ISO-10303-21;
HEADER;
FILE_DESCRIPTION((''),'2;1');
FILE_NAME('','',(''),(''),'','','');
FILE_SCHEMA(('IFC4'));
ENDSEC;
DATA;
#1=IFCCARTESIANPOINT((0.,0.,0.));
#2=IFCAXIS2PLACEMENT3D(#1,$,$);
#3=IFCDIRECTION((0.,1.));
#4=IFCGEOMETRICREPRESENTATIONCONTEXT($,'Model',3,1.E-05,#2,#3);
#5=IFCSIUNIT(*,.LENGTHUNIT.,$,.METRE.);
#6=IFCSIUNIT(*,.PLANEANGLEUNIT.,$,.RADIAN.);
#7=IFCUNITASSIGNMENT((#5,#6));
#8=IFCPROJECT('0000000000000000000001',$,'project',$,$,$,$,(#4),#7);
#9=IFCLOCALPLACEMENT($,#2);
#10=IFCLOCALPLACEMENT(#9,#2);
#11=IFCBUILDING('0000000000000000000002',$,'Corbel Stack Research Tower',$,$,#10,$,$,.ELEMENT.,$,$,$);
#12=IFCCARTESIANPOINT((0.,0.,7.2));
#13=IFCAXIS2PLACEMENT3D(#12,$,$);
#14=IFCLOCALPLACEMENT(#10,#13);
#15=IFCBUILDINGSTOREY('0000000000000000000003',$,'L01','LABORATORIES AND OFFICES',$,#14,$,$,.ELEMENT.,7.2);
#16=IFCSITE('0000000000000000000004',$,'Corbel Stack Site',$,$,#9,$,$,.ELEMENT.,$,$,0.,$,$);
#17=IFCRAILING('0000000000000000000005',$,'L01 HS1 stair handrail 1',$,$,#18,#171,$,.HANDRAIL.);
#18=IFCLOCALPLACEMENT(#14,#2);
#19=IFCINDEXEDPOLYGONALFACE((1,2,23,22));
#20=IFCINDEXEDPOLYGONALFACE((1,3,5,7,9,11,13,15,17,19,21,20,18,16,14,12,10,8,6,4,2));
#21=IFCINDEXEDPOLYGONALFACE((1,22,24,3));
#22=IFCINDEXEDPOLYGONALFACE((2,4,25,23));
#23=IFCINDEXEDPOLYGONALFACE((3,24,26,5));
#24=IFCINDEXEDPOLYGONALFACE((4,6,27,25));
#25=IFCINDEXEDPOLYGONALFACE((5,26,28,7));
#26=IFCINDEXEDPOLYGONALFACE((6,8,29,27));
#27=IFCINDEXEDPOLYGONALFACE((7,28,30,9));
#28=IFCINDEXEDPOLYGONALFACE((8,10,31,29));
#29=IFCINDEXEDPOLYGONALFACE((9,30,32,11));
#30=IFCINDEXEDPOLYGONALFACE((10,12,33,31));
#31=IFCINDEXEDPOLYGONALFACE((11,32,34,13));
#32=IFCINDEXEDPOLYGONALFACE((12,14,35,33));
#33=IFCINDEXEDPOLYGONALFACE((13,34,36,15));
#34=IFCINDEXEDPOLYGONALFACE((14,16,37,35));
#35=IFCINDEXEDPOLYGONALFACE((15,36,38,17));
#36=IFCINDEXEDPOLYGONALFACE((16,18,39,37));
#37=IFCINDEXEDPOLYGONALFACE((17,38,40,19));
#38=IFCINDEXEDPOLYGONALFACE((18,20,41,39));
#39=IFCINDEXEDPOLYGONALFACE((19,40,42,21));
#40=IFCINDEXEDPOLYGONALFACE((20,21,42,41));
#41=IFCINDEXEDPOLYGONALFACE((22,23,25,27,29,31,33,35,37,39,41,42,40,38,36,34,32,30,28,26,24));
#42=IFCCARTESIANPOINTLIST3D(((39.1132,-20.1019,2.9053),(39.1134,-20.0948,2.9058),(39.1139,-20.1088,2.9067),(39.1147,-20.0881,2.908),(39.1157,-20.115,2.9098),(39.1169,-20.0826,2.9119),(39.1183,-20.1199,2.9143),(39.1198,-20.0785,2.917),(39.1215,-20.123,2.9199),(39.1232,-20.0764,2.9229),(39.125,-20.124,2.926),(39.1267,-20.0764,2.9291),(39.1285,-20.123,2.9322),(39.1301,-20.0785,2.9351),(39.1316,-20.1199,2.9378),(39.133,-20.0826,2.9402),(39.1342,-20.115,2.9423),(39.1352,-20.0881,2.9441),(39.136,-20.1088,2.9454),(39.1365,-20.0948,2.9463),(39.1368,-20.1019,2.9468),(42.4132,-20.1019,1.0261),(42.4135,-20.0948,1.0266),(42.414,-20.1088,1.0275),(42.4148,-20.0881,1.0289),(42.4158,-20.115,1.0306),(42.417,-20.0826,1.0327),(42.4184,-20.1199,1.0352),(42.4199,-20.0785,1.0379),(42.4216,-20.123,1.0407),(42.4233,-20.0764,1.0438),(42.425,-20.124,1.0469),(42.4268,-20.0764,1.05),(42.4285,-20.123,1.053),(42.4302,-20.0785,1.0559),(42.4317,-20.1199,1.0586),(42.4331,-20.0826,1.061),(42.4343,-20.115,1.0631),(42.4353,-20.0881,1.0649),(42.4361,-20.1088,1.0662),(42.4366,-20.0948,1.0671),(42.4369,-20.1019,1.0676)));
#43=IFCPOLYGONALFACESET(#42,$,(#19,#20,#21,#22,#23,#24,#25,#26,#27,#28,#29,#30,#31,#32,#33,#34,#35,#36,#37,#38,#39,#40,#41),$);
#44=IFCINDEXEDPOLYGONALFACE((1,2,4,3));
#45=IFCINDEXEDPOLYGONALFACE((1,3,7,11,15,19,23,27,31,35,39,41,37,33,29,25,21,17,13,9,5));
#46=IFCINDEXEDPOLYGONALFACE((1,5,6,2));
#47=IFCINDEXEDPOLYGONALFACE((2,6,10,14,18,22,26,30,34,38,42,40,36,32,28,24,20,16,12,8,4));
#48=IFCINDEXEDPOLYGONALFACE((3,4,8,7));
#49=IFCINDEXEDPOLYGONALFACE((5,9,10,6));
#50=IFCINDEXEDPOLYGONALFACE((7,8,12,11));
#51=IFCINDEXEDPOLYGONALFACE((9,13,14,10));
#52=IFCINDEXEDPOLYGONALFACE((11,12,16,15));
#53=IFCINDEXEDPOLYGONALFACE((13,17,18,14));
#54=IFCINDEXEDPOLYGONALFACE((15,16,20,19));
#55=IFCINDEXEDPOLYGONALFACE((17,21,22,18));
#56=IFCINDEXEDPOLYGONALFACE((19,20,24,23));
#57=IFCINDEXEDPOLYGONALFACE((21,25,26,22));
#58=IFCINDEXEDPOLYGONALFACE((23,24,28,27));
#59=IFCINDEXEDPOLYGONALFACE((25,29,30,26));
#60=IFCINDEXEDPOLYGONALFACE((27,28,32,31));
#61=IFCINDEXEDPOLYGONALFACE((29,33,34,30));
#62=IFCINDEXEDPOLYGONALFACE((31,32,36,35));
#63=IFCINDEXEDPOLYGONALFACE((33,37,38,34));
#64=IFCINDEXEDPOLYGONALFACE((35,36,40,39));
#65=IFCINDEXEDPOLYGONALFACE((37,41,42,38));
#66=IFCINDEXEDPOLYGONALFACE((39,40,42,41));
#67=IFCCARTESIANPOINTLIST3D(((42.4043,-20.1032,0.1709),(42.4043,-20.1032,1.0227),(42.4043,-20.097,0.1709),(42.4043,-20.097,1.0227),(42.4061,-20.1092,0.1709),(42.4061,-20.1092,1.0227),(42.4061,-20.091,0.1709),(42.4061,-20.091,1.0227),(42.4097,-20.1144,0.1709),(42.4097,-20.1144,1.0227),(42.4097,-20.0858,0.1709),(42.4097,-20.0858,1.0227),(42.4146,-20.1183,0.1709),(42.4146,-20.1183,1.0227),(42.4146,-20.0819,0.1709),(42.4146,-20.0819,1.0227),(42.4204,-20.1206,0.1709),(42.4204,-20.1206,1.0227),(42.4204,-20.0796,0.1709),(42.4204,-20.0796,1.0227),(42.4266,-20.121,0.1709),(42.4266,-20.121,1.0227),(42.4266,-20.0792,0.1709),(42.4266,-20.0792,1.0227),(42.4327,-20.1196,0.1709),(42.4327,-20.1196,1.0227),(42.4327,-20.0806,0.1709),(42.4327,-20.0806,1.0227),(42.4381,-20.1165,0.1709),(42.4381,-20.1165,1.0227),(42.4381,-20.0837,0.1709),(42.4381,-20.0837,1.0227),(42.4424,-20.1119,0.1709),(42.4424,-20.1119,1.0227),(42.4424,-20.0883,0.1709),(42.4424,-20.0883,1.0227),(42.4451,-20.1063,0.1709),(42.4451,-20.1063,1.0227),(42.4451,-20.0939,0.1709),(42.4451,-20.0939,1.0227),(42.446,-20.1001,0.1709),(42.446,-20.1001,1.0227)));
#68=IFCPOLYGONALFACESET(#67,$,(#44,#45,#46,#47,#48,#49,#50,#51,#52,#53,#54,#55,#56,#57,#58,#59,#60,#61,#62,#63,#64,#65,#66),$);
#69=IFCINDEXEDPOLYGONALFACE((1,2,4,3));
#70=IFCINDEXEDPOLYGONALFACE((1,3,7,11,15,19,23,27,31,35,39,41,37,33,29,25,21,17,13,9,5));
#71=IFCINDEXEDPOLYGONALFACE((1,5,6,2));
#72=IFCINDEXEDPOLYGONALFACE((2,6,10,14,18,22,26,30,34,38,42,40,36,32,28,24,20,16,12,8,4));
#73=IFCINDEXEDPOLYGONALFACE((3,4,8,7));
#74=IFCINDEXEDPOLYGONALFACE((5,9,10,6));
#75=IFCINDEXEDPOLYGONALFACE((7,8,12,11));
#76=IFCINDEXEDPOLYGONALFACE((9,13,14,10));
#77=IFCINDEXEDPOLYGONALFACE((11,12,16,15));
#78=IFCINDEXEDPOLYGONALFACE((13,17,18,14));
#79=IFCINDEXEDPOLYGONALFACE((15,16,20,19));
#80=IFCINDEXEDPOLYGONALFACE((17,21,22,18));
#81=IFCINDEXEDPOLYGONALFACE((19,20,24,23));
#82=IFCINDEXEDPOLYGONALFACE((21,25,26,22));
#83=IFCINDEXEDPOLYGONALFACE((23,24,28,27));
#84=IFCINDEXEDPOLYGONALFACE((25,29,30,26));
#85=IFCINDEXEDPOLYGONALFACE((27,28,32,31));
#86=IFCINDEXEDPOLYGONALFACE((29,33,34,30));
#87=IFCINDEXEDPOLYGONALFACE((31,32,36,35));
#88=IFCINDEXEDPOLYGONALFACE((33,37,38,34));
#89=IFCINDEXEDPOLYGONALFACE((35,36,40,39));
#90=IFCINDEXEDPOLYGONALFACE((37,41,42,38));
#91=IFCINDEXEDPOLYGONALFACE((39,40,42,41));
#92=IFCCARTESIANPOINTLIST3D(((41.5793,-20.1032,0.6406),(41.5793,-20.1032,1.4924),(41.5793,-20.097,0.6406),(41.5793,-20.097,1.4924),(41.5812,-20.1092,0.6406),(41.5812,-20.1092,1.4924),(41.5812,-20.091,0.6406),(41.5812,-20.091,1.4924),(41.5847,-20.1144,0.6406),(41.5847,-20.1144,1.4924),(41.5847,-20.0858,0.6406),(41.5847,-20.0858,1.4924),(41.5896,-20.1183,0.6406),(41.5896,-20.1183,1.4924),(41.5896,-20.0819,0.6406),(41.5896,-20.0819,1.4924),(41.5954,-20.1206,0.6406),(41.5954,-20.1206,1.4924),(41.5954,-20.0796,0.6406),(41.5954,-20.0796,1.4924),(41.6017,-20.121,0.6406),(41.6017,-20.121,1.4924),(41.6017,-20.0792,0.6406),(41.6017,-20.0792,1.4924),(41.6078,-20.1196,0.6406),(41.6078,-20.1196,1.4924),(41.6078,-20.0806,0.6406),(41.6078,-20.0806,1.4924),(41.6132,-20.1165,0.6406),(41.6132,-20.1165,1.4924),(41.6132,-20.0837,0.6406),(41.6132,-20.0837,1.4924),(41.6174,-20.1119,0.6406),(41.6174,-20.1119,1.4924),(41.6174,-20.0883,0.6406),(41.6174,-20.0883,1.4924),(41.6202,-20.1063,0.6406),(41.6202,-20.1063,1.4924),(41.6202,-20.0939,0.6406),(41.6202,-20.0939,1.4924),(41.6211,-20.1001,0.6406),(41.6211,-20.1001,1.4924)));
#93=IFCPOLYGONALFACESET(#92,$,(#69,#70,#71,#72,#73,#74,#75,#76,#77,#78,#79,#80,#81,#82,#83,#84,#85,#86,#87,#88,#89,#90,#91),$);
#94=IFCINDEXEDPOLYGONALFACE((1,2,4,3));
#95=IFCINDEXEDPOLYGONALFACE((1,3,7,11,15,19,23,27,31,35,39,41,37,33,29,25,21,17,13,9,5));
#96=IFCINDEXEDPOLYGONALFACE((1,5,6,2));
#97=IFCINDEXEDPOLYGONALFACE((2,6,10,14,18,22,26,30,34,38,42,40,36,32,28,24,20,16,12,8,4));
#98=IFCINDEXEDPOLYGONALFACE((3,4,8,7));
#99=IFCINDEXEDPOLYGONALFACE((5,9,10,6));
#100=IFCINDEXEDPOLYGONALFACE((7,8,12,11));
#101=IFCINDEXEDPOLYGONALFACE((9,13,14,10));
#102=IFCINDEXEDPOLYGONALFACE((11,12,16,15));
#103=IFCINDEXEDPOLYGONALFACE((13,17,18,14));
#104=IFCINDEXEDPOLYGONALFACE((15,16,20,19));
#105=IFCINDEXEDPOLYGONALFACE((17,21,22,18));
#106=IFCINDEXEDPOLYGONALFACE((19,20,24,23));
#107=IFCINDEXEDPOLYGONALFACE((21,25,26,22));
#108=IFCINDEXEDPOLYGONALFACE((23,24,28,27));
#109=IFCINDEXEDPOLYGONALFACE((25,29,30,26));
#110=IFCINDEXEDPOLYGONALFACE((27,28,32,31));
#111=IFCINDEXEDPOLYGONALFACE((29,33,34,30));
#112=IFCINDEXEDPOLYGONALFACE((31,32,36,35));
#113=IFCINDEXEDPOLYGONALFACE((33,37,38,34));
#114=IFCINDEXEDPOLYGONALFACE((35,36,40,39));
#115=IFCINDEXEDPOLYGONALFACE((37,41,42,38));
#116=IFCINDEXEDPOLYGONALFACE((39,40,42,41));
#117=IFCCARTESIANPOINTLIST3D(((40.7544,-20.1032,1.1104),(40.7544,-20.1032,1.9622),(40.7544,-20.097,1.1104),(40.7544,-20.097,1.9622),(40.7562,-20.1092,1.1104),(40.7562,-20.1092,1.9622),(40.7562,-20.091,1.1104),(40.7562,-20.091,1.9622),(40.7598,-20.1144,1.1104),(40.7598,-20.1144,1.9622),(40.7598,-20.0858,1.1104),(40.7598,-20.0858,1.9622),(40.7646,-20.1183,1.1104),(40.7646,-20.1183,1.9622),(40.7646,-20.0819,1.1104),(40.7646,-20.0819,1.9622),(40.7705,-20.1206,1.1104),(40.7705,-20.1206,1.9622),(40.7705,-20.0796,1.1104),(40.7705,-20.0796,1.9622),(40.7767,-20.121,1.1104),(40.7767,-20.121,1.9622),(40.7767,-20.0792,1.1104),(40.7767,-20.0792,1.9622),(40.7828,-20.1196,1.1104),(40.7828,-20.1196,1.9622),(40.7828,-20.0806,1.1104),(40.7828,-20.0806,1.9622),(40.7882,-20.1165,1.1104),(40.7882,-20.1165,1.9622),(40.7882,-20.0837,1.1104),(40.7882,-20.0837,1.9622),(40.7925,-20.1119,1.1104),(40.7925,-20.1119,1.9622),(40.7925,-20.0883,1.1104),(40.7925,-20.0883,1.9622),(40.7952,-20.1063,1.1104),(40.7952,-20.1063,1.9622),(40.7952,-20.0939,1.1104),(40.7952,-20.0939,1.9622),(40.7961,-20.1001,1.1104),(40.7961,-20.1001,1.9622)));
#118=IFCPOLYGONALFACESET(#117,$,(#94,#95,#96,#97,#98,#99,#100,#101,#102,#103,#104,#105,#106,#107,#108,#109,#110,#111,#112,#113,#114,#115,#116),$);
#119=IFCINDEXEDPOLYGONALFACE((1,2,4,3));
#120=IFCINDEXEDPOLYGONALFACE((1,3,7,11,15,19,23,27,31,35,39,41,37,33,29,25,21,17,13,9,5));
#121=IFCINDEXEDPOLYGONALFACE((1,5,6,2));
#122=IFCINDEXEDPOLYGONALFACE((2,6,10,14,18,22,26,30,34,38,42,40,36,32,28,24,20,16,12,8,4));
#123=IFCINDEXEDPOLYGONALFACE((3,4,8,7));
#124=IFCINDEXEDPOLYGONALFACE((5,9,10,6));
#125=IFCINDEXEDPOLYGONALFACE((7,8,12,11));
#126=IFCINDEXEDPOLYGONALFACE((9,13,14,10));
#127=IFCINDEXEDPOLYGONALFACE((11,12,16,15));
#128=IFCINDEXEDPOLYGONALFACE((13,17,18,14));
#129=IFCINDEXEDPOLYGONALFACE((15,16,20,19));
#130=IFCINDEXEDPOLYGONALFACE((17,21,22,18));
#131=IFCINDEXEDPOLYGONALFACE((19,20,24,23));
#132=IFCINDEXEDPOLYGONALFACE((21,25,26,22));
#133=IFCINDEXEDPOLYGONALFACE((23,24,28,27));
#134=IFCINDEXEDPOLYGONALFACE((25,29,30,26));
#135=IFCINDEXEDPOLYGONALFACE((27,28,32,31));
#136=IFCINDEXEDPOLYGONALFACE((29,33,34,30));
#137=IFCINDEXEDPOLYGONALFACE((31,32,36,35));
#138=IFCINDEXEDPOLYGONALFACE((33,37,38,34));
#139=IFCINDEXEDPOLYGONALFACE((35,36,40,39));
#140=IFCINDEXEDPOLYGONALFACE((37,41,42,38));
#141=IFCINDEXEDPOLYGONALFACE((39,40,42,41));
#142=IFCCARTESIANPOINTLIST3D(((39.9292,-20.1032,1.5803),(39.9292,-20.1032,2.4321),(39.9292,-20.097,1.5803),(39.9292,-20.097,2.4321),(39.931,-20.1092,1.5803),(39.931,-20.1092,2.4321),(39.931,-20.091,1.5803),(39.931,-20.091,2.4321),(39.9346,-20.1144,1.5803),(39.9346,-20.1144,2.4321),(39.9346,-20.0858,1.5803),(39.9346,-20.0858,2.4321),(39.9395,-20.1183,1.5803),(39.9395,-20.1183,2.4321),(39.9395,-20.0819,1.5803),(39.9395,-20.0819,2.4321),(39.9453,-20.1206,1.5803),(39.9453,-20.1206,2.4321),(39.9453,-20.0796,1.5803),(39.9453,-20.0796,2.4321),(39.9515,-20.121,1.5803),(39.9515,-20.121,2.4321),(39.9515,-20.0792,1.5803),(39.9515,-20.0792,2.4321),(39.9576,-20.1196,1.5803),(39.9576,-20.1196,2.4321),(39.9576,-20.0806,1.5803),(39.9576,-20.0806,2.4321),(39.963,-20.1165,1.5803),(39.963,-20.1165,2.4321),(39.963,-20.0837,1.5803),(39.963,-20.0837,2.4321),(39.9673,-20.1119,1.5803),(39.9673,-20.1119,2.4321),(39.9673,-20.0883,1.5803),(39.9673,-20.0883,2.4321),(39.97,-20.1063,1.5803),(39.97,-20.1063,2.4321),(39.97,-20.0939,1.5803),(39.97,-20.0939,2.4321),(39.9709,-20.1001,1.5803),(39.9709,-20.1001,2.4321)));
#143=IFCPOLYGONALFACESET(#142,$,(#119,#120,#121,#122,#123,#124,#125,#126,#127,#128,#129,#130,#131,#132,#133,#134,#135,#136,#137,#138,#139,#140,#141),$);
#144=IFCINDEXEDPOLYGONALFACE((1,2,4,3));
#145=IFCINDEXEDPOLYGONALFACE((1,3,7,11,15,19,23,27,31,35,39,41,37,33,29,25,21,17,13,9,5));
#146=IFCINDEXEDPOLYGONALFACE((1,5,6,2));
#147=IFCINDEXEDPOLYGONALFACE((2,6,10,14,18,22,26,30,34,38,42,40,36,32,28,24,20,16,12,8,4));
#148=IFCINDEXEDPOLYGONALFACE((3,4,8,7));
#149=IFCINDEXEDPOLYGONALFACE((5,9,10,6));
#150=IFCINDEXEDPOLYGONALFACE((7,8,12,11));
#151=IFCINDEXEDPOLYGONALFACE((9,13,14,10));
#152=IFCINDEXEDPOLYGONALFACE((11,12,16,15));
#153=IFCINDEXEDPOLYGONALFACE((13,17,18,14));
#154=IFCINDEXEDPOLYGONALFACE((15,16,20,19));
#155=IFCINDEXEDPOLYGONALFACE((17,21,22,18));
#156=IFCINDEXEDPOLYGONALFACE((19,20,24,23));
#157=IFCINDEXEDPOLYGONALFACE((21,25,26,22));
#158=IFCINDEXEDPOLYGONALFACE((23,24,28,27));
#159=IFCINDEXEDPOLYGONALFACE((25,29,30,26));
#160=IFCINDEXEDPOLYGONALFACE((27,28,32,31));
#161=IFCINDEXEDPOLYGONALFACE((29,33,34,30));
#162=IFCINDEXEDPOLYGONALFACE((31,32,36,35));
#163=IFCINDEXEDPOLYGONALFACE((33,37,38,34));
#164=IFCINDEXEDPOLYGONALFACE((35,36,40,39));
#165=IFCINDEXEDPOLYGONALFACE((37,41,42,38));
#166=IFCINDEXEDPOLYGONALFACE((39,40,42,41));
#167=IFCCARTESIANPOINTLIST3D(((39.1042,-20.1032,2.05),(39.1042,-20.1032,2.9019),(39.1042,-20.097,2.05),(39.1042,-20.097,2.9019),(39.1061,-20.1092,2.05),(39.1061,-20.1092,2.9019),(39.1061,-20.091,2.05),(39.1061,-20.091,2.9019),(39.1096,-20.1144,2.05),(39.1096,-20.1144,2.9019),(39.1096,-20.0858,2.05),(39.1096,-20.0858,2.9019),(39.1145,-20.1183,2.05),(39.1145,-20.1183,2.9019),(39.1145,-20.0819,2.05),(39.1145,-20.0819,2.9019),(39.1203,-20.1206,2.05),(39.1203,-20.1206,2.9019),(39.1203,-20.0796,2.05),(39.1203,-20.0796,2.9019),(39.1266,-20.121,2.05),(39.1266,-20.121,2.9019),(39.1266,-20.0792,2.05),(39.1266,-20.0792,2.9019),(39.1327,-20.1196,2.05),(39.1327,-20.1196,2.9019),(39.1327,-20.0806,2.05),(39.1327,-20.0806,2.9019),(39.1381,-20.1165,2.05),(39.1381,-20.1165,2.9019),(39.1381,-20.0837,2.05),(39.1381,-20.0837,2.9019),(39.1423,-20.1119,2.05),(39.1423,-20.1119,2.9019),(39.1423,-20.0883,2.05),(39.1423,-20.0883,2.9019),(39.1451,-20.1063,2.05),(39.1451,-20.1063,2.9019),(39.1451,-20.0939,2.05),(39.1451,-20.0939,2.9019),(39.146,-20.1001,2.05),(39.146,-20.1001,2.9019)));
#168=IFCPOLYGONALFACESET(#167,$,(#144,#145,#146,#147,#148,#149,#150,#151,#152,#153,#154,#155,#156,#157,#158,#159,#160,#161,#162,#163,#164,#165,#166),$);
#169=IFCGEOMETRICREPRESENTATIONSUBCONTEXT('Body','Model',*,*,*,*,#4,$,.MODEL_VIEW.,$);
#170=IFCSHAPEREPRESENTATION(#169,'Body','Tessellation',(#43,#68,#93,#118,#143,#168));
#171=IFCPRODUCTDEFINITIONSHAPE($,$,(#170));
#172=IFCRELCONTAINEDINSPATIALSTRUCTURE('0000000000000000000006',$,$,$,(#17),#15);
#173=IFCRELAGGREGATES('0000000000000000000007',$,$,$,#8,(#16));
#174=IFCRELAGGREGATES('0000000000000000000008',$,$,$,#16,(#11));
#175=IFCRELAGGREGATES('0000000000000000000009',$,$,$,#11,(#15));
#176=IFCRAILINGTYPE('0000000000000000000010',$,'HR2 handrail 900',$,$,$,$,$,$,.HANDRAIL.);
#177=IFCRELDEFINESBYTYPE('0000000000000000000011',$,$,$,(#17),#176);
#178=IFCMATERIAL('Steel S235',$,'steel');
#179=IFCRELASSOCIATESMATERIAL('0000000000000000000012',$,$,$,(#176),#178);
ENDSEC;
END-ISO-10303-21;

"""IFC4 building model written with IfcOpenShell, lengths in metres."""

from ifc_helpers import new_model, si_unit, direction, frame, origin, origin_2d, place, context, subcontext, project, spatial, circle, extrude, material, type_object, element, save


model = new_model("IFC4")

# Units and contexts
model_context = context("Model", 3, precision=1e-05, world=origin(), true_north=direction((0.0, 1.0)))
body_context = subcontext(model_context, "Body", "Model", "MODEL_VIEW")
ifc_project = project(units=[si_unit("LENGTHUNIT", "METRE"), si_unit("PLANEANGLEUNIT", "RADIAN")], contexts=[model_context])

# Site, building, storey
site_placement = place(None, origin())
site = spatial("IfcSite", under=ifc_project, at=site_placement, Name="Corbel Stack Site", CompositionType="ELEMENT", RefElevation=0.0)
building_placement = place(site_placement, origin())
building = spatial("IfcBuilding", under=site, at=building_placement, Name="Corbel Stack Research Tower", CompositionType="ELEMENT")
storey_placement = place(building_placement, frame((0.0, 0.0, 7.2)))
storey = spatial("IfcBuildingStorey", under=building, at=storey_placement, Name="L01", Description="LABORATORIES AND OFFICES", CompositionType="ELEMENT", Elevation=7.2)

# Railing
ifc_material_1 = material(Name="Steel S235", Category="steel")
railing_type = type_object("IfcRailingType", Name="HR2 handrail 900", PredefinedType="HANDRAIL", material=ifc_material_1)
railing_placement = place(storey_placement, frame((42.425, -20.1001, 0.1709)))
element("IfcRailing", 1, at=railing_placement, inside=storey, type_object=railing_type, Name="L01 HS1 stair handrail 1", PredefinedType="HANDRAIL", context=body_context, shape_type="SweptSolid", body=[
    extrude(circle(Radius=0.0239, at=origin_2d()), frame((0.0, 0.0, 0.876), z_axis=(-0.86899, 0.0, 0.49483), x_axis=(0.0, -1.0, 0.0)), (0.0, 0.0, 1.0), 3.7976),
    extrude(circle(Radius=0.021, at=origin_2d()), origin(), (0.0, 0.0, 1.0), 0.8518),
    extrude(circle(Radius=0.021, at=origin_2d()), frame((-0.825, 0.0, 0.4697)), (0.0, 0.0, 1.0), 0.8518),
    extrude(circle(Radius=0.021, at=origin_2d()), frame((-1.6499, 0.0, 0.9395)), (0.0, 0.0, 1.0), 0.8518),
    extrude(circle(Radius=0.021, at=origin_2d()), frame((-2.4751, 0.0, 1.4094)), (0.0, 0.0, 1.0), 0.8518),
    extrude(circle(Radius=0.021, at=origin_2d()), frame((-3.3, 0.0, 1.8792)), (0.0, 0.0, 1.0), 0.8518),
])

save(model, "model.ifc")
